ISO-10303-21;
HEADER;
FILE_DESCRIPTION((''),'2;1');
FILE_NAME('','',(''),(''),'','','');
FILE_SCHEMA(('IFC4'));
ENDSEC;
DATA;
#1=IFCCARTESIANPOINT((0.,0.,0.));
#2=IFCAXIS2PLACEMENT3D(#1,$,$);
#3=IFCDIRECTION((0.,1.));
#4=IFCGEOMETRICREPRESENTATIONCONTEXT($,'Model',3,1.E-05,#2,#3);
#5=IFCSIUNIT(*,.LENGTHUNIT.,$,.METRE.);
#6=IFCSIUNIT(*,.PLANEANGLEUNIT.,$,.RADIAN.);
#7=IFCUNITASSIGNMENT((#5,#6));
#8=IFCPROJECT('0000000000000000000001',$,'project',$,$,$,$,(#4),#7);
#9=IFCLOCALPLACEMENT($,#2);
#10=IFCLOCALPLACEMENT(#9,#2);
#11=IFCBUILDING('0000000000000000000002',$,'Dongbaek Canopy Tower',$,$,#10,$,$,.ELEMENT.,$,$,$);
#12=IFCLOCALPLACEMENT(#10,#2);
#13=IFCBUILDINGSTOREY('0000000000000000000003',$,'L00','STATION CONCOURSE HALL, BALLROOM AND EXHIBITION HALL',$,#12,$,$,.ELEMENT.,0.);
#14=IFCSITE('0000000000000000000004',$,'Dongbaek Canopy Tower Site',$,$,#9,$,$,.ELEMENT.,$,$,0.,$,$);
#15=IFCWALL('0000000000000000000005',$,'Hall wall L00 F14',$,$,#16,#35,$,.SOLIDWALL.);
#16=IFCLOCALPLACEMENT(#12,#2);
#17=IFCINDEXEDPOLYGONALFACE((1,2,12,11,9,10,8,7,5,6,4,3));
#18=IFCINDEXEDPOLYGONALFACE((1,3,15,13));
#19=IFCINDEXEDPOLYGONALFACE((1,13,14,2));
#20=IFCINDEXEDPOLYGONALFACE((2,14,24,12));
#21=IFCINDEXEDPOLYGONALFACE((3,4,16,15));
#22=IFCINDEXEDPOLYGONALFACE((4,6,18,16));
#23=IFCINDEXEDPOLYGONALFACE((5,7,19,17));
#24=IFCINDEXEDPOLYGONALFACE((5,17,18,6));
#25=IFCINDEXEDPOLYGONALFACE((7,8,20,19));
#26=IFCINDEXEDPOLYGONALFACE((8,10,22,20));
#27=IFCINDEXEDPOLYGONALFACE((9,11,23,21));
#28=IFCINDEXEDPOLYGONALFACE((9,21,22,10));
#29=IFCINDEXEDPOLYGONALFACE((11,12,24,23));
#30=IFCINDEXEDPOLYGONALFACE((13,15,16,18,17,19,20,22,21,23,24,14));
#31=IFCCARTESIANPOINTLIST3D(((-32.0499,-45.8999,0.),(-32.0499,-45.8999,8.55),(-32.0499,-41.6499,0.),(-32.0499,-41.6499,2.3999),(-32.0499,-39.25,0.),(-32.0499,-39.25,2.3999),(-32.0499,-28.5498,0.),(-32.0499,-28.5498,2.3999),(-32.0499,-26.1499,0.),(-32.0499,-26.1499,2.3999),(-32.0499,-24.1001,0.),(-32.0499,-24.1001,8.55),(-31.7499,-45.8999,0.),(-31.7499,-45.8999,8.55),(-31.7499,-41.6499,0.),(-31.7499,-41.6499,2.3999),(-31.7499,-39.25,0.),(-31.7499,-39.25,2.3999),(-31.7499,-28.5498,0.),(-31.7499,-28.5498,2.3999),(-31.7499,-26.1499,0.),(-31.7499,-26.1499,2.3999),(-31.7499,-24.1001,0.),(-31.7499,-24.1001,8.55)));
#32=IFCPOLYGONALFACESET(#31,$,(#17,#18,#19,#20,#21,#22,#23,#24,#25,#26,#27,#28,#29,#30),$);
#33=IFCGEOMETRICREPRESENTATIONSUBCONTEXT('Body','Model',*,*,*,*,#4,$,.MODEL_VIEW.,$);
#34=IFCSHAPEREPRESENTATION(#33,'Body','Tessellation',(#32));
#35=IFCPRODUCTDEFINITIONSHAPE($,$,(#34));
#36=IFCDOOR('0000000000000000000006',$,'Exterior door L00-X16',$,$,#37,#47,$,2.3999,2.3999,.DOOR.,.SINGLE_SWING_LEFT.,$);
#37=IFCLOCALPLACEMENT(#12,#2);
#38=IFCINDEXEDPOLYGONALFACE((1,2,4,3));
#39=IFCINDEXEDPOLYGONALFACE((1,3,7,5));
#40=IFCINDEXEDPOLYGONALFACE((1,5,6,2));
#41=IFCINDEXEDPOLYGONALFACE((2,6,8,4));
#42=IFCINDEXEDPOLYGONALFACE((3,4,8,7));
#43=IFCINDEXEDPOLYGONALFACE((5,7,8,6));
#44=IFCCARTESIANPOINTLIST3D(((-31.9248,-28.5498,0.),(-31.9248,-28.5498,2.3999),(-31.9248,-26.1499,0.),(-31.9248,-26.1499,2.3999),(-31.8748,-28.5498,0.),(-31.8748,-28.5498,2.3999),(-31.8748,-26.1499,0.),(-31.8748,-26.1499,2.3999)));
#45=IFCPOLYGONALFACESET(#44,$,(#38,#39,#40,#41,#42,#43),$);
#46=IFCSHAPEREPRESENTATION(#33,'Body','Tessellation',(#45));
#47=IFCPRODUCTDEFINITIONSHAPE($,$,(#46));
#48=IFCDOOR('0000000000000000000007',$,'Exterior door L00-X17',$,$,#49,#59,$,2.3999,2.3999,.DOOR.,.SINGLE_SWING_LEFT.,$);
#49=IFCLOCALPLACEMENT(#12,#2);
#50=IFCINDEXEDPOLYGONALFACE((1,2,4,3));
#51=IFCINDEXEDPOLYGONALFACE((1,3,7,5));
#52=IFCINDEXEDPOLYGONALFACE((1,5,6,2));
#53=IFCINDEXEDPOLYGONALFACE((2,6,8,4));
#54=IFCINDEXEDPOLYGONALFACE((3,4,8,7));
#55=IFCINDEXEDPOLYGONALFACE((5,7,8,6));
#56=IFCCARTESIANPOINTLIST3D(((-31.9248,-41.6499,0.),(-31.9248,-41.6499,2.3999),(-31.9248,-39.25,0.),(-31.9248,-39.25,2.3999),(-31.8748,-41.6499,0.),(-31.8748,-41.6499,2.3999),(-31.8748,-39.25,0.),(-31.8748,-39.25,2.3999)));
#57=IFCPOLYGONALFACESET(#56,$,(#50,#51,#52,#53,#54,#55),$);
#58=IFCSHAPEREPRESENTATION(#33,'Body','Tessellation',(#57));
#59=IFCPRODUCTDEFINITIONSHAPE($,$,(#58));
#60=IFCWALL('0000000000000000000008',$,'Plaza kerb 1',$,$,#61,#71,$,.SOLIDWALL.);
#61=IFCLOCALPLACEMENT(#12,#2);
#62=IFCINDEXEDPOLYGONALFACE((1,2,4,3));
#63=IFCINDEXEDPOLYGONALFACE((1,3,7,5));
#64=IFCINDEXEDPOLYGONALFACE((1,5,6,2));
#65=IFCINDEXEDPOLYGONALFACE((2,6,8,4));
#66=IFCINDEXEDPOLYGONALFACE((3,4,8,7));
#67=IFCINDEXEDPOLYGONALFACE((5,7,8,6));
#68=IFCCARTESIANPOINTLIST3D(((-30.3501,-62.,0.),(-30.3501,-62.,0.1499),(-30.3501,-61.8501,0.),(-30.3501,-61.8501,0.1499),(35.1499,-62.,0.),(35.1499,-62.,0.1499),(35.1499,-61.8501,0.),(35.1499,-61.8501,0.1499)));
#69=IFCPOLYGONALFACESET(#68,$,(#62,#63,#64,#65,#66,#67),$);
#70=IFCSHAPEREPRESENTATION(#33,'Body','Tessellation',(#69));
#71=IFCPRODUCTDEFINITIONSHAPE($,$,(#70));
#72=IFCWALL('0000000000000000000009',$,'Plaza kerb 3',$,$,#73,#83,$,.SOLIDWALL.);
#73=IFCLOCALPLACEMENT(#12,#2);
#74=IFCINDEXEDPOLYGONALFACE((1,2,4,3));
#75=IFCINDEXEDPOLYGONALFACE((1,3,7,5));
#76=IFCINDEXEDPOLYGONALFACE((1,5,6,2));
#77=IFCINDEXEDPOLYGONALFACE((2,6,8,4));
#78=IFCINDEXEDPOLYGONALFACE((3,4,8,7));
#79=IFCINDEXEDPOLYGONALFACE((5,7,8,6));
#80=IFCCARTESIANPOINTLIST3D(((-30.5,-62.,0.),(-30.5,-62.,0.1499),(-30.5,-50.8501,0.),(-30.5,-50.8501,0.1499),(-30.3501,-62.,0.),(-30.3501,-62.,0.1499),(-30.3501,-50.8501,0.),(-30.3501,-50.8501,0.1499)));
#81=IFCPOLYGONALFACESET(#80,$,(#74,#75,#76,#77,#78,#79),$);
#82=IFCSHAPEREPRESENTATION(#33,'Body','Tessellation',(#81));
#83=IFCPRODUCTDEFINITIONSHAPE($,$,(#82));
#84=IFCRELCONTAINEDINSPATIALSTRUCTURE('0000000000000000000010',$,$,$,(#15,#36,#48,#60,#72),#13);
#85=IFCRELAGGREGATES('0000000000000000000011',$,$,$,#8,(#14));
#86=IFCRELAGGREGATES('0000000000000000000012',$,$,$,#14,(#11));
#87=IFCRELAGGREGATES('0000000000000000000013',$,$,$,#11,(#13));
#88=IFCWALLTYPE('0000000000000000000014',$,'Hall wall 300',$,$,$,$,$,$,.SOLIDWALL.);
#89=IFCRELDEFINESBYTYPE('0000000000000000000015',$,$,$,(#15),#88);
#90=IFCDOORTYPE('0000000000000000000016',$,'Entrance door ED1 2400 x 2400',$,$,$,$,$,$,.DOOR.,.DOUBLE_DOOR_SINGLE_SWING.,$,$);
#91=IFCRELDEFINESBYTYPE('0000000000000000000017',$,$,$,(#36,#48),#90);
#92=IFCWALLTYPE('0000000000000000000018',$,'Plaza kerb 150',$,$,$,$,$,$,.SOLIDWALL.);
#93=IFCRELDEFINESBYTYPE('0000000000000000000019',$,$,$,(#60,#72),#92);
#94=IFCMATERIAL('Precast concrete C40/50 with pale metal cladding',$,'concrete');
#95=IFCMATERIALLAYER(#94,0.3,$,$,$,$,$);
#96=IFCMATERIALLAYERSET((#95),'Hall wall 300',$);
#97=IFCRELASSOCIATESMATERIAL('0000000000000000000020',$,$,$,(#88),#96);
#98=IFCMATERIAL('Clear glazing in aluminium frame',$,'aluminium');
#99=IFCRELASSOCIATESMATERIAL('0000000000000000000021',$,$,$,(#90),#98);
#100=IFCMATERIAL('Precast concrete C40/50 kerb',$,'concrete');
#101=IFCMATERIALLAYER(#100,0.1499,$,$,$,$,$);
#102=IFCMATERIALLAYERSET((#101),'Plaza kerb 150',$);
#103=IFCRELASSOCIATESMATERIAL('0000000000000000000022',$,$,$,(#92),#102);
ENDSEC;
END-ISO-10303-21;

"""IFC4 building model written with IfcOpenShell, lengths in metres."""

from ifc_helpers import new_model, si_unit, direction, frame, frame_2d, origin, place, context, subcontext, project, spatial, rectangle, extrude, material, layer, layer_set, type_object, element, fill, save


model = new_model("IFC4")

# Units and contexts
model_context = context("Model", 3, precision=1e-05, world=origin(), true_north=direction((0.0, 1.0)))
body_context = subcontext(model_context, "Body", "Model", "MODEL_VIEW")
ifc_project = project(units=[si_unit("LENGTHUNIT", "METRE"), si_unit("PLANEANGLEUNIT", "RADIAN")], contexts=[model_context])

# Site, building, storey
site_placement = place(None, origin())
site = spatial("IfcSite", under=ifc_project, at=site_placement, Name="Dongbaek Canopy Tower Site", CompositionType="ELEMENT", RefElevation=0.0)
building_placement = place(site_placement, origin())
building = spatial("IfcBuilding", under=site, at=building_placement, Name="Dongbaek Canopy Tower", CompositionType="ELEMENT")
storey_placement = place(building_placement, origin())
storey = spatial("IfcBuildingStorey", under=building, at=storey_placement, Name="L00", Description="STATION CONCOURSE HALL, BALLROOM AND EXHIBITION HALL", CompositionType="ELEMENT", Elevation=0.0)

# Wall, openings, doors
ifc_material_1 = material(Name="Precast concrete C40/50 with pale metal cladding", Category="concrete")
ifc_layer_1 = layer(ifc_material_1, 0.3)
ifc_layer_set_1 = layer_set([ifc_layer_1], Name="Hall wall 300")
wall_type_1 = type_object("IfcWallType", Name="Hall wall 300", PredefinedType="SOLIDWALL", material=ifc_layer_set_1)
wall_1_placement = place(storey_placement, frame((-31.8999, -45.8999, 0.0), z_axis=(0.0, 0.0, 1.0), x_axis=(0.0, 1.0, 0.0)))
wall_1 = element("IfcWall", 1, at=wall_1_placement, inside=storey, type_object=wall_type_1, Name="Hall wall L00 F14", PredefinedType="SOLIDWALL", context=body_context, shape_type="SweptSolid", body=[
    extrude(rectangle(XDim=21.7998, YDim=0.3, at=frame_2d((10.8999, 0.0))), origin(), (0.0, 0.0, 1.0), 8.55),
])
opening_1_placement = place(wall_1_placement, frame((17.3501, 0.0, 0.0)))
opening_1 = element("IfcOpeningElement", 2, at=opening_1_placement, cuts=wall_1, PredefinedType="OPENING", context=body_context, shape_type="SweptSolid", body=[
    extrude(rectangle(XDim=2.3999, YDim=2.3999, at=frame_2d((1.2, 1.2))), frame((0.0, 0.1599, 0.0), z_axis=(0.0, -1.0, 0.0), x_axis=(1.0, 0.0, 0.0)), (0.0, 0.0, 1.0), 0.3201),
])
opening_2_placement = place(wall_1_placement, frame((4.25, 0.0, 0.0)))
opening_2 = element("IfcOpeningElement", 3, at=opening_2_placement, cuts=wall_1, PredefinedType="OPENING", context=body_context, shape_type="SweptSolid", body=[
    extrude(rectangle(XDim=2.3999, YDim=2.3999, at=frame_2d((1.2, 1.2))), frame((0.0, 0.1599, 0.0), z_axis=(0.0, -1.0, 0.0), x_axis=(1.0, 0.0, 0.0)), (0.0, 0.0, 1.0), 0.3201),
])
ifc_material_2 = material(Name="Clear glazing in aluminium frame", Category="aluminium")
door_type = type_object("IfcDoorType", Name="Entrance door ED1 2400 x 2400", OperationType="DOUBLE_DOOR_SINGLE_SWING", PredefinedType="DOOR", material=ifc_material_2)
door_1_placement = place(opening_1_placement, origin())
door_1 = element("IfcDoor", 4, at=door_1_placement, inside=storey, type_object=door_type, Name="Exterior door L00-X16", OperationType="SINGLE_SWING_LEFT", OverallHeight=2.3999, OverallWidth=2.3999, PredefinedType="DOOR", context=body_context, shape_type="SweptSolid", body=[
    extrude(rectangle(XDim=2.3999, YDim=2.3999, at=frame_2d((1.2, 1.2))), frame((0.0, 0.0249, 0.0), z_axis=(0.0, -1.0, 0.0), x_axis=(1.0, 0.0, 0.0)), (0.0, 0.0, 1.0), 0.05),
])
fill(opening_1, door_1)
door_2_placement = place(opening_2_placement, origin())
door_2 = element("IfcDoor", 5, at=door_2_placement, inside=storey, type_object=door_type, Name="Exterior door L00-X17", OperationType="SINGLE_SWING_LEFT", OverallHeight=2.3999, OverallWidth=2.3999, PredefinedType="DOOR", context=body_context, shape_type="SweptSolid", body=[
    extrude(rectangle(XDim=2.3999, YDim=2.3999, at=frame_2d((1.2, 1.2))), frame((0.0, 0.0249, 0.0), z_axis=(0.0, -1.0, 0.0), x_axis=(1.0, 0.0, 0.0)), (0.0, 0.0, 1.0), 0.05),
])
fill(opening_2, door_2)

# Walls
ifc_material_3 = material(Name="Precast concrete C40/50 kerb", Category="concrete")
ifc_layer_2 = layer(ifc_material_3, 0.1499)
ifc_layer_set_2 = layer_set([ifc_layer_2], Name="Plaza kerb 150")
wall_type_2 = type_object("IfcWallType", Name="Plaza kerb 150", PredefinedType="SOLIDWALL", material=ifc_layer_set_2)
wall_2_placement = place(storey_placement, frame((-30.3501, -61.925, 0.0), z_axis=(0.0, 0.0, 1.0), x_axis=(1.0, 0.0, 0.0)))
element("IfcWall", 6, at=wall_2_placement, inside=storey, type_object=wall_type_2, Name="Plaza kerb 1", PredefinedType="SOLIDWALL", context=body_context, shape_type="SweptSolid", body=[
    extrude(rectangle(XDim=65.5, YDim=0.1499, at=frame_2d((32.75, 0.0))), origin(), (0.0, 0.0, 1.0), 0.1499),
])
wall_3_placement = place(storey_placement, frame((-30.425, -62.0, 0.0), z_axis=(0.0, 0.0, 1.0), x_axis=(0.0, 1.0, 0.0)))
element("IfcWall", 7, at=wall_3_placement, inside=storey, type_object=wall_type_2, Name="Plaza kerb 3", PredefinedType="SOLIDWALL", context=body_context, shape_type="SweptSolid", body=[
    extrude(rectangle(XDim=11.1499, YDim=0.1499, at=frame_2d((5.575, 0.0))), origin(), (0.0, 0.0, 1.0), 0.1499),
])

save(model, "model.ifc")
